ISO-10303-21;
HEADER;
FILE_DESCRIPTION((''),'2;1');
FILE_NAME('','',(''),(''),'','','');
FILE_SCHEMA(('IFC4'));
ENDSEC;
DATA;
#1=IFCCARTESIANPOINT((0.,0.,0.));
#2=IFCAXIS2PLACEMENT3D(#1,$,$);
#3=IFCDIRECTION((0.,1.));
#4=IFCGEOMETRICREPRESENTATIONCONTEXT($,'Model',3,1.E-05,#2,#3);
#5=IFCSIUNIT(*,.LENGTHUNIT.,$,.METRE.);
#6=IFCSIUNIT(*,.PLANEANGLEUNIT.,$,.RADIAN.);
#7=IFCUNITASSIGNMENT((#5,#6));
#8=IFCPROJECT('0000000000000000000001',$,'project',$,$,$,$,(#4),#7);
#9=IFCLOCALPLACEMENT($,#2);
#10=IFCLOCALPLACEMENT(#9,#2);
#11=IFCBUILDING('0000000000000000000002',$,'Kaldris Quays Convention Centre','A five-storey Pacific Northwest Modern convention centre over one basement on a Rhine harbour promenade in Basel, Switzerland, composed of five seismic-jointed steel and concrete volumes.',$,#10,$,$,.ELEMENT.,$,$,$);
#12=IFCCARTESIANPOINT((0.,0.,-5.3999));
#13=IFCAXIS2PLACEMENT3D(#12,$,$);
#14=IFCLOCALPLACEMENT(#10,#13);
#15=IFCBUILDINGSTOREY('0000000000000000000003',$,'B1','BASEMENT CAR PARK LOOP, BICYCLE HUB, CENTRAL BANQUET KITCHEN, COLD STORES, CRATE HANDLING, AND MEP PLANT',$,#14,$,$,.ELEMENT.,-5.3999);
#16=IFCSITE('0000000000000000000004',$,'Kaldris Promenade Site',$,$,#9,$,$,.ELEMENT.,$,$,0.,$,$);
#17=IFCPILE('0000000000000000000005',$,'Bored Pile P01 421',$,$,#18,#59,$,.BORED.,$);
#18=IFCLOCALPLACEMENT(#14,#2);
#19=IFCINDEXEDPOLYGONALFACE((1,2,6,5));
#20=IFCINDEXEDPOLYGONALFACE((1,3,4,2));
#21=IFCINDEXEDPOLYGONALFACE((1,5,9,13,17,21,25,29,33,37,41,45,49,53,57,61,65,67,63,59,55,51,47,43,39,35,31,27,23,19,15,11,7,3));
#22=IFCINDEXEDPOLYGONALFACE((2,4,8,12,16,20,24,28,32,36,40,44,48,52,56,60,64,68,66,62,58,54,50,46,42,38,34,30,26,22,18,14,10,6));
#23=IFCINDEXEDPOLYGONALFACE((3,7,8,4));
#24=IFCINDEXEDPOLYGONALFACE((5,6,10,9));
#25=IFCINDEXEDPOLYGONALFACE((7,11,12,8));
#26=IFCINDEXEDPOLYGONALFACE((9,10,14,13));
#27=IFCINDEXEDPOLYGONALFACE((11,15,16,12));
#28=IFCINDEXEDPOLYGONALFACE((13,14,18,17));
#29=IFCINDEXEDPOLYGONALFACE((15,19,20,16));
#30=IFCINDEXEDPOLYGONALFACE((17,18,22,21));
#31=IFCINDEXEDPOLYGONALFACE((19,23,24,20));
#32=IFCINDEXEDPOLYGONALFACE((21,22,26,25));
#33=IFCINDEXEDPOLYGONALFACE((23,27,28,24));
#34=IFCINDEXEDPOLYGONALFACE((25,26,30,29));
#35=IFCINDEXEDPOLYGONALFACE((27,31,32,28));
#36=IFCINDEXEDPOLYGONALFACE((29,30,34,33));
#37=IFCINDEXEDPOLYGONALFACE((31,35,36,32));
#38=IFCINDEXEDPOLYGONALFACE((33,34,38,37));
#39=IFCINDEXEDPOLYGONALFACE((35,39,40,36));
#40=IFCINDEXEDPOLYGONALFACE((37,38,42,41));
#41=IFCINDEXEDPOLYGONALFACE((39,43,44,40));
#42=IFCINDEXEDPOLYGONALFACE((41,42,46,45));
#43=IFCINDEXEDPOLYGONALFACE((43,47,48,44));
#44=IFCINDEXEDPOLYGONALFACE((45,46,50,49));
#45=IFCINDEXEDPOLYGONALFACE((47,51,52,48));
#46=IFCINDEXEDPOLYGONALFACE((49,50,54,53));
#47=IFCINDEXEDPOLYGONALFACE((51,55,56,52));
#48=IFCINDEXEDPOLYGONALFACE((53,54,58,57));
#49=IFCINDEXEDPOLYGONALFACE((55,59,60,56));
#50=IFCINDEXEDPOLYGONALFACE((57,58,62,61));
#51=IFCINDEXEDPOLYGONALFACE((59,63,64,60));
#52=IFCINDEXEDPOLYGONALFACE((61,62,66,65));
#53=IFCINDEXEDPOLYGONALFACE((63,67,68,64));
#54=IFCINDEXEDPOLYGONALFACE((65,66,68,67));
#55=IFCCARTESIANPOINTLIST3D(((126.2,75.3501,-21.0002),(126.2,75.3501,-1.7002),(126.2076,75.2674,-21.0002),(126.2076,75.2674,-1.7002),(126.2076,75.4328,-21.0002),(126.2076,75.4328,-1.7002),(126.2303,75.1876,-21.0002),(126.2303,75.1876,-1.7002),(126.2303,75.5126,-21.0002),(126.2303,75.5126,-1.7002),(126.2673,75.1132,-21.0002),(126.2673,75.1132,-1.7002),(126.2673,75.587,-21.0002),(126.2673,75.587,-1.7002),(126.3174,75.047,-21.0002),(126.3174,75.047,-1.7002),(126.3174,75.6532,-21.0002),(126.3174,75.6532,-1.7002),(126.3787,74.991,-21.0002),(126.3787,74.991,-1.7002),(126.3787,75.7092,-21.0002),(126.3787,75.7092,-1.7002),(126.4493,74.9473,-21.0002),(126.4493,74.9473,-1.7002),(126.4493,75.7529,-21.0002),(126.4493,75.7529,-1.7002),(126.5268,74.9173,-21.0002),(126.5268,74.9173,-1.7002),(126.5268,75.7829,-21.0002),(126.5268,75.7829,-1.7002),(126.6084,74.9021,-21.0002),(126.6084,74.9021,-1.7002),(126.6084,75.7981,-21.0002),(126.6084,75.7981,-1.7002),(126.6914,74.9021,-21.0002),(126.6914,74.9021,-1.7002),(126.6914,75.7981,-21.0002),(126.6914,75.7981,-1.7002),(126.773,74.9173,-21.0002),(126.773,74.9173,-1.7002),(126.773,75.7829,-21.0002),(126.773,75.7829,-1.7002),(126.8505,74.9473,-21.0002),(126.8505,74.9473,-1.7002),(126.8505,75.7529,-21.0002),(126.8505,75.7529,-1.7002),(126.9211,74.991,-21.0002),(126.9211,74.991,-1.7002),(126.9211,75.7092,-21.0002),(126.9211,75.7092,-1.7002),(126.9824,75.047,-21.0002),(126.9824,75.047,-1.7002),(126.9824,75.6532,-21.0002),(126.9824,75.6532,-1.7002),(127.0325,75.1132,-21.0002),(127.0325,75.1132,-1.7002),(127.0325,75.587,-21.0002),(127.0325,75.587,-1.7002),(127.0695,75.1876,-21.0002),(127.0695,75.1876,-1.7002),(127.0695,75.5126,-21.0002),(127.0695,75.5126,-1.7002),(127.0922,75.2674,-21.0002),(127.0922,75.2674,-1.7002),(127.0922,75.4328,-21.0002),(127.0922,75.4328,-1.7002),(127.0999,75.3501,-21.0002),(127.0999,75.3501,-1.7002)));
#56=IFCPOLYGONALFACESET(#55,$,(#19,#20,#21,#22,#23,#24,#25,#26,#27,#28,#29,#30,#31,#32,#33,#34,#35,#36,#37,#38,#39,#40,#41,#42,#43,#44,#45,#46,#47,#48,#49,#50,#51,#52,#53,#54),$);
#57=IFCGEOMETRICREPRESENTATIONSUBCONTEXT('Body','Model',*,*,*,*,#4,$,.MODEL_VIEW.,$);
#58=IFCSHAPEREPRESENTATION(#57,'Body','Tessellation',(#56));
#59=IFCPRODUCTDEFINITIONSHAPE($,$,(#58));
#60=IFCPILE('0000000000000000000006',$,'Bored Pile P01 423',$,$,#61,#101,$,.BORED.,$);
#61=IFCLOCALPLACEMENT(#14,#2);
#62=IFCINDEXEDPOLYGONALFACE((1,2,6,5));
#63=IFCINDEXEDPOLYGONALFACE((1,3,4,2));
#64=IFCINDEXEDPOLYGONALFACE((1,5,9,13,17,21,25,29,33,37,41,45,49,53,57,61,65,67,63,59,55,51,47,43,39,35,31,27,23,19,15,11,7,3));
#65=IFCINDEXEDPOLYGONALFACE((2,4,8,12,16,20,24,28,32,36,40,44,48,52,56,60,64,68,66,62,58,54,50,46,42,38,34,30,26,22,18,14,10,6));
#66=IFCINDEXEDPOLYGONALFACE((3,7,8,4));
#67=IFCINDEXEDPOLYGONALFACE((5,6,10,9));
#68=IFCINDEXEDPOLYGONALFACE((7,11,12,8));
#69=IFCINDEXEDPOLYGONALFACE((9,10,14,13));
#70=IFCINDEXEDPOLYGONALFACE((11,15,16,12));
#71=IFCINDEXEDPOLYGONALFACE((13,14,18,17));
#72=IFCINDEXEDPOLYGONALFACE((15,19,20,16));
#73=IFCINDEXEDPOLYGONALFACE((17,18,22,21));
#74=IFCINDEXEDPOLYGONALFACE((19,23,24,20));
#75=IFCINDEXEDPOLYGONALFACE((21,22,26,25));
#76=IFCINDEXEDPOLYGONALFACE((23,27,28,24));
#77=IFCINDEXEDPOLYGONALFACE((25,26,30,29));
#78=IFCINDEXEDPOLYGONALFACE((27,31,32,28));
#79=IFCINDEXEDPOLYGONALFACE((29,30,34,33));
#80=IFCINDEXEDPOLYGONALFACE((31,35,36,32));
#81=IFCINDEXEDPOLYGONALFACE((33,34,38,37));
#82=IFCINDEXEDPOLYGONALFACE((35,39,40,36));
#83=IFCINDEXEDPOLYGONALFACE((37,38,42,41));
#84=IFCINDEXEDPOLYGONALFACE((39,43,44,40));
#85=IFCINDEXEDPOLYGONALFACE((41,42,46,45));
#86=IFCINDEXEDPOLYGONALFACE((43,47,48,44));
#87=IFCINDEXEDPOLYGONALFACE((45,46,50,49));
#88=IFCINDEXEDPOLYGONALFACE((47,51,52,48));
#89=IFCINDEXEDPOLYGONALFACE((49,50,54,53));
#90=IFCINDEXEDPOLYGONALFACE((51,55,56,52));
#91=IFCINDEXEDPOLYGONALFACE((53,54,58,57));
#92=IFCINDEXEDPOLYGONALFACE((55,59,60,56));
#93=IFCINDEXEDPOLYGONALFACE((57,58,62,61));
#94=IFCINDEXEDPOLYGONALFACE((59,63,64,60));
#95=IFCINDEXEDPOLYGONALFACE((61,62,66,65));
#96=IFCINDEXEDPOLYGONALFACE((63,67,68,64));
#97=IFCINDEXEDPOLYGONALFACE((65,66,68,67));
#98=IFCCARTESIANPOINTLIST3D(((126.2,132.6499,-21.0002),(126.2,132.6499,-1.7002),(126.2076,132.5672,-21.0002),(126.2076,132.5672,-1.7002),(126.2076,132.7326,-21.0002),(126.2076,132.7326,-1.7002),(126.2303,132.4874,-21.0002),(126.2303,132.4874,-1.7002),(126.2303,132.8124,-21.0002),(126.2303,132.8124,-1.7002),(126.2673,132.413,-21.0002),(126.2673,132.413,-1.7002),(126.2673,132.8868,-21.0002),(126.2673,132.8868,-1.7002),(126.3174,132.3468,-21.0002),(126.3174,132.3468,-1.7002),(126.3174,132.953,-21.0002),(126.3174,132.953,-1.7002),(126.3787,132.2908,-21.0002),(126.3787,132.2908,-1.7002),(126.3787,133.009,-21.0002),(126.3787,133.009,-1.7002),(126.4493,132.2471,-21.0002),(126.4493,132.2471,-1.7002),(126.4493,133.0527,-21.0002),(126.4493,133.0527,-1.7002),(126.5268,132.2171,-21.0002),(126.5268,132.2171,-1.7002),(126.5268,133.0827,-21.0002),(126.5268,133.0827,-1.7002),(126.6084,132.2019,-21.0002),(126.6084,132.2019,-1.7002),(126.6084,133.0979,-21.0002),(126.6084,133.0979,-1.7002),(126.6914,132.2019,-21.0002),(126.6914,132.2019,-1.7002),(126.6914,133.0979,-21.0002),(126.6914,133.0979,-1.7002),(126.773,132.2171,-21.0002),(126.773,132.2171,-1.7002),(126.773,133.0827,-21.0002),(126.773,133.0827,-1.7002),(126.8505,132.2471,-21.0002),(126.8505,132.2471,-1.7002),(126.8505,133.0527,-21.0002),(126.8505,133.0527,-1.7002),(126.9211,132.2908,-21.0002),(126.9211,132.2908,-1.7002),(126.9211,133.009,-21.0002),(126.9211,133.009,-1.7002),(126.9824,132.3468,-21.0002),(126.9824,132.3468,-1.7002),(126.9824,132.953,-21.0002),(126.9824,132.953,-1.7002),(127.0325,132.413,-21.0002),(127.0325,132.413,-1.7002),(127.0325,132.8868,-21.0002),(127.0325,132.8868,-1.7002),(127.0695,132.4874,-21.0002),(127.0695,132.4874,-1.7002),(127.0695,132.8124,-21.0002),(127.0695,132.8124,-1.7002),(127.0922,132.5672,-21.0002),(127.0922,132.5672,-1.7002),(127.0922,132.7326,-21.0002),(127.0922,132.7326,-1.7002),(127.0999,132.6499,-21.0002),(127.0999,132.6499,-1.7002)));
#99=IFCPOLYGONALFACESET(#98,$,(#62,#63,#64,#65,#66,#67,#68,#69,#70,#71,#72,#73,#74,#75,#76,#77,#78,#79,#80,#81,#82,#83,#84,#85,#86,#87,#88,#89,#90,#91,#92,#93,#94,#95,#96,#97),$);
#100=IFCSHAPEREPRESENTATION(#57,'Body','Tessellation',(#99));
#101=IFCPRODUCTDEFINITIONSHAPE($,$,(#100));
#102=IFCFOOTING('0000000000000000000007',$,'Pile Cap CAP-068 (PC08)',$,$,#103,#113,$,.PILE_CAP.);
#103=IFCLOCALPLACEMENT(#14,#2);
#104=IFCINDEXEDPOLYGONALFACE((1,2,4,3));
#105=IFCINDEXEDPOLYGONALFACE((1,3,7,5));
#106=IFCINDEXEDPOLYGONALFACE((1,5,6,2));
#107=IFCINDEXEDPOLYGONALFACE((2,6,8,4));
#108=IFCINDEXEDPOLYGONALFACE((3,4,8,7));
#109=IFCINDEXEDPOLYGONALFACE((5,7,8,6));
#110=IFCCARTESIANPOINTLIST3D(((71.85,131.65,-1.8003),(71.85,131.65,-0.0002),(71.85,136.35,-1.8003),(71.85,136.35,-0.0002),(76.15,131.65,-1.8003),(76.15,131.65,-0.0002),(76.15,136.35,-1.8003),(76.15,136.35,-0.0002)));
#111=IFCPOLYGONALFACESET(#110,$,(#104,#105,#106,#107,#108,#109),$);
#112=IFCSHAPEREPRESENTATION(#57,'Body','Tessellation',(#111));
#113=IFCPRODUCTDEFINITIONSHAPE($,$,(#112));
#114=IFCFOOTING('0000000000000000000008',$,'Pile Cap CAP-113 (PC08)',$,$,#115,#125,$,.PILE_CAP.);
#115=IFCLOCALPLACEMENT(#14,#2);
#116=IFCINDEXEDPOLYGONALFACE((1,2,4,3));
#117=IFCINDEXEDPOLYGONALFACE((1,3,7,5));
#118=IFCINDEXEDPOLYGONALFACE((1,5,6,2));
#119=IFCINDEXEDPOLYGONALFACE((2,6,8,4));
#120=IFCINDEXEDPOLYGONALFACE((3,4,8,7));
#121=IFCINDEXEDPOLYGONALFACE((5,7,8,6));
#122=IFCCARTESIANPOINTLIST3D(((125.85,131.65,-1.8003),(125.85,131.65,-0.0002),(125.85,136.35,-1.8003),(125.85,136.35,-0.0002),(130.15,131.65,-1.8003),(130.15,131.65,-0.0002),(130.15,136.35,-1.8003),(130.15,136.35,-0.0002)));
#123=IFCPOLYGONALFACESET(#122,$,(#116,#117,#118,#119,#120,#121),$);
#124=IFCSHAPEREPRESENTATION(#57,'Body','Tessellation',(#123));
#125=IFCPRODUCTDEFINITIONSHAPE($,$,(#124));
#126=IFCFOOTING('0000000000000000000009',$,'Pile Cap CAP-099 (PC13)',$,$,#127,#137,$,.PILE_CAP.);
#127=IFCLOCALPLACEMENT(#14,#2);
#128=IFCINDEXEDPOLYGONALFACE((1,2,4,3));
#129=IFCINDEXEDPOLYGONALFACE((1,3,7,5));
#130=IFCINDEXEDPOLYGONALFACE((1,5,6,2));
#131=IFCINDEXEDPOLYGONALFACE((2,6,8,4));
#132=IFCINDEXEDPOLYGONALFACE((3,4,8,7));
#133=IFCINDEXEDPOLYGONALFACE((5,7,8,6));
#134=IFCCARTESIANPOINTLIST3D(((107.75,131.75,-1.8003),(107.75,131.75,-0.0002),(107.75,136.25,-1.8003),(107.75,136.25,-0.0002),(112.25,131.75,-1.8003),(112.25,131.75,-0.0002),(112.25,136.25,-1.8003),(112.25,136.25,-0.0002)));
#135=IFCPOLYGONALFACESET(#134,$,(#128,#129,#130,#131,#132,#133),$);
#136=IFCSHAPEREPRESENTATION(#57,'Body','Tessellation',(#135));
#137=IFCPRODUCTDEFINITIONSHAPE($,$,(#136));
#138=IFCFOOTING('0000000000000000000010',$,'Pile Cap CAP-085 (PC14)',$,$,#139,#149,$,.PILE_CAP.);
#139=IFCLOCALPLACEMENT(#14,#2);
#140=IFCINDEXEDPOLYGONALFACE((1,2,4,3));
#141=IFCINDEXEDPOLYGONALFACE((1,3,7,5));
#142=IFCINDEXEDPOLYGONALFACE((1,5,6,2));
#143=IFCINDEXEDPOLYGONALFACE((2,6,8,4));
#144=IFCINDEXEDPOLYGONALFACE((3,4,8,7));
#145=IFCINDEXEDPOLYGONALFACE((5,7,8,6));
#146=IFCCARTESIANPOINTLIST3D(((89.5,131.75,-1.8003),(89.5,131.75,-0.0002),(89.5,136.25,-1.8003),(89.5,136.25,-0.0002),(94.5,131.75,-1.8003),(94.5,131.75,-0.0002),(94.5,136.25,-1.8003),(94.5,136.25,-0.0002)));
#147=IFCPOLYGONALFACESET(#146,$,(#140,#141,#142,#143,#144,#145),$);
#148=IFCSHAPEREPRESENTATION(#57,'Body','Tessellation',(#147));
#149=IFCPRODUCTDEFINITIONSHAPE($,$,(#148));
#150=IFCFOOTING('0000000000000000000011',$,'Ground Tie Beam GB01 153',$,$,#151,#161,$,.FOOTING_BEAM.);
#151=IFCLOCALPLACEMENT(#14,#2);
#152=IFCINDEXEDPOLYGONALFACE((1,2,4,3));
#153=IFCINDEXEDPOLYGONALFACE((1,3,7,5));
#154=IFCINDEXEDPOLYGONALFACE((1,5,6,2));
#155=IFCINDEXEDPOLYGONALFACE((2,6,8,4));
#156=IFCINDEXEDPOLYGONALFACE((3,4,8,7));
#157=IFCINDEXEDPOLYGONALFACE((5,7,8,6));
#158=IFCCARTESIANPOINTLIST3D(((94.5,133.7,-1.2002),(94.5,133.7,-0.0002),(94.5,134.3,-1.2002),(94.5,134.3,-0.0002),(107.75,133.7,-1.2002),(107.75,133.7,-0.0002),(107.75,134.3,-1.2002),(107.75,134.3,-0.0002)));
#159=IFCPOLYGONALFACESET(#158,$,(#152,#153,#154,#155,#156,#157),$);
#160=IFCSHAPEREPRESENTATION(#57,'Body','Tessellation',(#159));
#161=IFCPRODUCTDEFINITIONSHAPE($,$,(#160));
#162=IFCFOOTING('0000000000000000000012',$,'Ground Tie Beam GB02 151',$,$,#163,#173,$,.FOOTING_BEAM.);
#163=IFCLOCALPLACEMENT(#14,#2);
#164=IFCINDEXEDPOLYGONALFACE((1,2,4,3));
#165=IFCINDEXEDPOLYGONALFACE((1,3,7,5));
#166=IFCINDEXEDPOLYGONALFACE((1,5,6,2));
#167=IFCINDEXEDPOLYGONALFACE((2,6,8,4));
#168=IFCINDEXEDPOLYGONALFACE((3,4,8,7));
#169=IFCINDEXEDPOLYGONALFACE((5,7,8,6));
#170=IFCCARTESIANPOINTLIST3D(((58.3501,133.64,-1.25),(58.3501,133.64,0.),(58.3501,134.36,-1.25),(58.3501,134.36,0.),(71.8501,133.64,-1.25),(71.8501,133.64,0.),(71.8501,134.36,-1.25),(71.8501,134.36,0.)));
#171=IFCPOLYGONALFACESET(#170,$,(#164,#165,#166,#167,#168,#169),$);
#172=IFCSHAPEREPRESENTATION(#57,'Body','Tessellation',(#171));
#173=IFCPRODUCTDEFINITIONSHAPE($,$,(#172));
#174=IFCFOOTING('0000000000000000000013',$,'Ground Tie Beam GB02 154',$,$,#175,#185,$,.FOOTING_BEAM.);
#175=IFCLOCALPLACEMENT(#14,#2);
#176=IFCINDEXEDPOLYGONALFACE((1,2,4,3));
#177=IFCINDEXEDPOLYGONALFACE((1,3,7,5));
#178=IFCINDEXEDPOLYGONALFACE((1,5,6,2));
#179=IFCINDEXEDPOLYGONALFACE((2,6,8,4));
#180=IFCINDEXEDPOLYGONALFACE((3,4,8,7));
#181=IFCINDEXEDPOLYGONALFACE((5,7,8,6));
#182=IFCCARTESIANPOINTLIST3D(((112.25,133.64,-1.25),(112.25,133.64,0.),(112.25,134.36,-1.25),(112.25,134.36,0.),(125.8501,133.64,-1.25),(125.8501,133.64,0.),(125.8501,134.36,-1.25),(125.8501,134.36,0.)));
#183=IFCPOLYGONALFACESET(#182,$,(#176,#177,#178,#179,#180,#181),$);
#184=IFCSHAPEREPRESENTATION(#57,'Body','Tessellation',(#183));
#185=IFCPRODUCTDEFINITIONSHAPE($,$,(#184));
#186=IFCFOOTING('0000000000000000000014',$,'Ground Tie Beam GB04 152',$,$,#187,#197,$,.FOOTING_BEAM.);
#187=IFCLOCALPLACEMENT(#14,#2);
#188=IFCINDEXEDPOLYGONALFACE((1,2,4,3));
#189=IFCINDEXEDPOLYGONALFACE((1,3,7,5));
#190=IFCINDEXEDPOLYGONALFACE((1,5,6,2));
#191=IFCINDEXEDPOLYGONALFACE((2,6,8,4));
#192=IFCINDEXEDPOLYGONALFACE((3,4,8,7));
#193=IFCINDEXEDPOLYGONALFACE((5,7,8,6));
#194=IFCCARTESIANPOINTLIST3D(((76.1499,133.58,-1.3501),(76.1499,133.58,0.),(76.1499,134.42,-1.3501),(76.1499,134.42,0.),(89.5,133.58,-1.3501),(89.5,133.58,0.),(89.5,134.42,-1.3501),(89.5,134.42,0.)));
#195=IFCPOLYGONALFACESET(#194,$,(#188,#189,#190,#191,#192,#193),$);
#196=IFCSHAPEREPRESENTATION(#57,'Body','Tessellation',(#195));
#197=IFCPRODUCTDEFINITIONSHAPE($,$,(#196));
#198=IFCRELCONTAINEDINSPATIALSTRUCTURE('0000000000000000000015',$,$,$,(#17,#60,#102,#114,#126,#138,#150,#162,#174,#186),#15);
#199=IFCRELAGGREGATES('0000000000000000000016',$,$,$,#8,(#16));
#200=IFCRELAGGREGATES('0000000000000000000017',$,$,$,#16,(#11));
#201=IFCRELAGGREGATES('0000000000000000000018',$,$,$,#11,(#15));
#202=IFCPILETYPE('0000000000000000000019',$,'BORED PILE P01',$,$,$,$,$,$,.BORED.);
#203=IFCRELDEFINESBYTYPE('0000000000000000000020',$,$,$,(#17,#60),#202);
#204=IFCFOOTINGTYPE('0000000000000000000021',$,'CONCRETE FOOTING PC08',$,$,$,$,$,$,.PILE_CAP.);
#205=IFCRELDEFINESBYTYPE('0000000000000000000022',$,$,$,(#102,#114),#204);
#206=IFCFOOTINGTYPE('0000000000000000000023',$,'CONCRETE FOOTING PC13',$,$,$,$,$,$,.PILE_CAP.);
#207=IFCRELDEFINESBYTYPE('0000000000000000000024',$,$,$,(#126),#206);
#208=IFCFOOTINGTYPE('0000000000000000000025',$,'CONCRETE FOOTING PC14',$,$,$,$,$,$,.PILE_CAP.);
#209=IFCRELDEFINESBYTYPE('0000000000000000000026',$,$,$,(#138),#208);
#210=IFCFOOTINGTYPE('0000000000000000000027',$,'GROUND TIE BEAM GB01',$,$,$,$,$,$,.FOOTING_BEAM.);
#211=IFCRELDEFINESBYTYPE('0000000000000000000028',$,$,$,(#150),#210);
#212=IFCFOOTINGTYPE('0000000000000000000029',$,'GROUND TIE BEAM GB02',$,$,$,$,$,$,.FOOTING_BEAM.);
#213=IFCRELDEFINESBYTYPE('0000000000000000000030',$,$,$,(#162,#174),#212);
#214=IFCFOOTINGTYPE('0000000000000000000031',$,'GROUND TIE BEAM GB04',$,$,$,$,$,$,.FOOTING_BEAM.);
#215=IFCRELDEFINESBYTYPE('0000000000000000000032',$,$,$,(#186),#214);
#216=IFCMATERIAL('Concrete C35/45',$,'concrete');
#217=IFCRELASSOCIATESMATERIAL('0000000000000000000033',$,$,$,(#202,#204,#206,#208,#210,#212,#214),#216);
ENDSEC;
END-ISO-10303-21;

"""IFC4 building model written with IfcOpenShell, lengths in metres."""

from ifc_helpers import new_model, si_unit, direction, frame, origin, origin_2d, place, context, subcontext, project, spatial, rectangle, circle, extrude, material, material_profile, profile_set, type_object, element, save


model = new_model("IFC4")

# Units and contexts
model_context = context("Model", 3, precision=1e-05, world=origin(), true_north=direction((0.0, 1.0)))
body_context = subcontext(model_context, "Body", "Model", "MODEL_VIEW")
ifc_project = project(units=[si_unit("LENGTHUNIT", "METRE"), si_unit("PLANEANGLEUNIT", "RADIAN")], contexts=[model_context])

# Site, building, storey
site_placement = place(None, origin())
site = spatial("IfcSite", under=ifc_project, at=site_placement, Name="Kaldris Promenade Site", CompositionType="ELEMENT", RefElevation=0.0)
building_placement = place(site_placement, origin())
building = spatial("IfcBuilding", under=site, at=building_placement, Name="Kaldris Quays Convention Centre", Description="A five-storey Pacific Northwest Modern convention centre over one basement on a Rhine harbour promenade in Basel, Switzerland, composed of five seismic-jointed steel and concrete volumes.", CompositionType="ELEMENT")
storey_placement = place(building_placement, frame((0.0, 0.0, -5.3999)))
storey = spatial("IfcBuildingStorey", under=building, at=storey_placement, Name="B1", Description="BASEMENT CAR PARK LOOP, BICYCLE HUB, CENTRAL BANQUET KITCHEN, COLD STORES, CRATE HANDLING, AND MEP PLANT", CompositionType="ELEMENT", Elevation=-5.3999)

# Piles
ifc_material_1 = material(Name="Concrete C35/45", Category="concrete")
ifc_material_profile_1 = material_profile(ifc_material_1, circle(Radius=0.45, at=origin_2d()), Name="BORED PILE D900")
ifc_profile_set_1 = profile_set([ifc_material_profile_1], Name="Concrete C35/45")
pile_type = type_object("IfcPileType", Name="BORED PILE P01", PredefinedType="BORED", material=ifc_profile_set_1)
for number, where, z_axis, x_axis, name in (
    (1, (126.6499, 75.3501, -1.7002), (0.0, 0.0, -1.0), (1.0, 0.0, 0.0), "Bored Pile P01 421"),
    (2, (126.6499, 132.6499, -1.7002), (0.0, 0.0, -1.0), (1.0, 0.0, 0.0), "Bored Pile P01 423"),
):
    element("IfcPile", number, at=place(storey_placement, frame(where, z_axis=z_axis, x_axis=x_axis)), inside=storey, type_object=pile_type, Name=name, PredefinedType="BORED", context=body_context, shape_type="SweptSolid", body=[
        extrude(circle(Radius=0.45, at=origin_2d()), origin(), (0.0, 0.0, 1.0), 19.3),
    ])

# Footings
footing_type_1 = type_object("IfcFootingType", Name="CONCRETE FOOTING PC08", PredefinedType="PILE_CAP", material=ifc_material_1)
for number, where, z_axis, x_axis, name in (
    (3, (74.0, 134.0, -1.8003), (0.0, 0.0, 1.0), (1.0, 0.0, 0.0), "Pile Cap CAP-068 (PC08)"),
    (4, (128.0, 134.0, -1.8003), (0.0, 0.0, 1.0), (1.0, 0.0, 0.0), "Pile Cap CAP-113 (PC08)"),
):
    element("IfcFooting", number, at=place(storey_placement, frame(where, z_axis=z_axis, x_axis=x_axis)), inside=storey, type_object=footing_type_1, Name=name, PredefinedType="PILE_CAP", context=body_context, shape_type="SweptSolid", body=[
        extrude(rectangle(XDim=4.3, YDim=4.7, at=origin_2d()), origin(), (0.0, 0.0, 1.0), 1.8),
    ])
footing_type_2 = type_object("IfcFootingType", Name="CONCRETE FOOTING PC13", PredefinedType="PILE_CAP", material=ifc_material_1)
footing_1_placement = place(storey_placement, frame((110.0, 134.0, -1.8003), z_axis=(0.0, 0.0, 1.0), x_axis=(1.0, 0.0, 0.0)))
element("IfcFooting", 5, at=footing_1_placement, inside=storey, type_object=footing_type_2, Name="Pile Cap CAP-099 (PC13)", PredefinedType="PILE_CAP", context=body_context, shape_type="SweptSolid", body=[
    extrude(rectangle(XDim=4.5, YDim=4.5, at=origin_2d()), origin(), (0.0, 0.0, 1.0), 1.8),
])
footing_type_3 = type_object("IfcFootingType", Name="CONCRETE FOOTING PC14", PredefinedType="PILE_CAP", material=ifc_material_1)
footing_2_placement = place(storey_placement, frame((92.0, 134.0, -1.8003), z_axis=(0.0, 0.0, 1.0), x_axis=(1.0, 0.0, 0.0)))
element("IfcFooting", 6, at=footing_2_placement, inside=storey, type_object=footing_type_3, Name="Pile Cap CAP-085 (PC14)", PredefinedType="PILE_CAP", context=body_context, shape_type="SweptSolid", body=[
    extrude(rectangle(XDim=5.0, YDim=4.5, at=origin_2d()), origin(), (0.0, 0.0, 1.0), 1.8),
])
footing_type_4 = type_object("IfcFootingType", Name="GROUND TIE BEAM GB01", PredefinedType="FOOTING_BEAM", material=ifc_material_1)
footing_3_placement = place(storey_placement, frame((101.125, 134.0, -1.2002), z_axis=(0.0, 0.0, 1.0), x_axis=(1.0, 0.0, 0.0)))
element("IfcFooting", 7, at=footing_3_placement, inside=storey, type_object=footing_type_4, Name="Ground Tie Beam GB01 153", PredefinedType="FOOTING_BEAM", context=body_context, shape_type="SweptSolid", body=[
    extrude(rectangle(XDim=13.25, YDim=0.6001, at=origin_2d()), origin(), (0.0, 0.0, 1.0), 1.2),
])
footing_type_5 = type_object("IfcFootingType", Name="GROUND TIE BEAM GB02", PredefinedType="FOOTING_BEAM", material=ifc_material_1)
footing_4_placement = place(storey_placement, frame((65.1001, 134.0, -1.25), z_axis=(0.0, 0.0, 1.0), x_axis=(1.0, 0.0, 0.0)))
element("IfcFooting", 8, at=footing_4_placement, inside=storey, type_object=footing_type_5, Name="Ground Tie Beam GB02 151", PredefinedType="FOOTING_BEAM", context=body_context, shape_type="SweptSolid", body=[
    extrude(rectangle(XDim=13.5, YDim=0.72, at=origin_2d()), origin(), (0.0, 0.0, 1.0), 1.25),
])
footing_5_placement = place(storey_placement, frame((119.05, 134.0, -1.25), z_axis=(0.0, 0.0, 1.0), x_axis=(1.0, 0.0, 0.0)))
element("IfcFooting", 9, at=footing_5_placement, inside=storey, type_object=footing_type_5, Name="Ground Tie Beam GB02 154", PredefinedType="FOOTING_BEAM", context=body_context, shape_type="SweptSolid", body=[
    extrude(rectangle(XDim=13.6001, YDim=0.72, at=origin_2d()), origin(), (0.0, 0.0, 1.0), 1.25),
])
footing_type_6 = type_object("IfcFootingType", Name="GROUND TIE BEAM GB04", PredefinedType="FOOTING_BEAM", material=ifc_material_1)
footing_6_placement = place(storey_placement, frame((82.825, 134.0, -1.3501), z_axis=(0.0, 0.0, 1.0), x_axis=(1.0, 0.0, 0.0)))
element("IfcFooting", 10, at=footing_6_placement, inside=storey, type_object=footing_type_6, Name="Ground Tie Beam GB04 152", PredefinedType="FOOTING_BEAM", context=body_context, shape_type="SweptSolid", body=[
    extrude(rectangle(XDim=13.3501, YDim=0.8401, at=origin_2d()), origin(), (0.0, 0.0, 1.0), 1.3501),
])

save(model, "model.ifc")
